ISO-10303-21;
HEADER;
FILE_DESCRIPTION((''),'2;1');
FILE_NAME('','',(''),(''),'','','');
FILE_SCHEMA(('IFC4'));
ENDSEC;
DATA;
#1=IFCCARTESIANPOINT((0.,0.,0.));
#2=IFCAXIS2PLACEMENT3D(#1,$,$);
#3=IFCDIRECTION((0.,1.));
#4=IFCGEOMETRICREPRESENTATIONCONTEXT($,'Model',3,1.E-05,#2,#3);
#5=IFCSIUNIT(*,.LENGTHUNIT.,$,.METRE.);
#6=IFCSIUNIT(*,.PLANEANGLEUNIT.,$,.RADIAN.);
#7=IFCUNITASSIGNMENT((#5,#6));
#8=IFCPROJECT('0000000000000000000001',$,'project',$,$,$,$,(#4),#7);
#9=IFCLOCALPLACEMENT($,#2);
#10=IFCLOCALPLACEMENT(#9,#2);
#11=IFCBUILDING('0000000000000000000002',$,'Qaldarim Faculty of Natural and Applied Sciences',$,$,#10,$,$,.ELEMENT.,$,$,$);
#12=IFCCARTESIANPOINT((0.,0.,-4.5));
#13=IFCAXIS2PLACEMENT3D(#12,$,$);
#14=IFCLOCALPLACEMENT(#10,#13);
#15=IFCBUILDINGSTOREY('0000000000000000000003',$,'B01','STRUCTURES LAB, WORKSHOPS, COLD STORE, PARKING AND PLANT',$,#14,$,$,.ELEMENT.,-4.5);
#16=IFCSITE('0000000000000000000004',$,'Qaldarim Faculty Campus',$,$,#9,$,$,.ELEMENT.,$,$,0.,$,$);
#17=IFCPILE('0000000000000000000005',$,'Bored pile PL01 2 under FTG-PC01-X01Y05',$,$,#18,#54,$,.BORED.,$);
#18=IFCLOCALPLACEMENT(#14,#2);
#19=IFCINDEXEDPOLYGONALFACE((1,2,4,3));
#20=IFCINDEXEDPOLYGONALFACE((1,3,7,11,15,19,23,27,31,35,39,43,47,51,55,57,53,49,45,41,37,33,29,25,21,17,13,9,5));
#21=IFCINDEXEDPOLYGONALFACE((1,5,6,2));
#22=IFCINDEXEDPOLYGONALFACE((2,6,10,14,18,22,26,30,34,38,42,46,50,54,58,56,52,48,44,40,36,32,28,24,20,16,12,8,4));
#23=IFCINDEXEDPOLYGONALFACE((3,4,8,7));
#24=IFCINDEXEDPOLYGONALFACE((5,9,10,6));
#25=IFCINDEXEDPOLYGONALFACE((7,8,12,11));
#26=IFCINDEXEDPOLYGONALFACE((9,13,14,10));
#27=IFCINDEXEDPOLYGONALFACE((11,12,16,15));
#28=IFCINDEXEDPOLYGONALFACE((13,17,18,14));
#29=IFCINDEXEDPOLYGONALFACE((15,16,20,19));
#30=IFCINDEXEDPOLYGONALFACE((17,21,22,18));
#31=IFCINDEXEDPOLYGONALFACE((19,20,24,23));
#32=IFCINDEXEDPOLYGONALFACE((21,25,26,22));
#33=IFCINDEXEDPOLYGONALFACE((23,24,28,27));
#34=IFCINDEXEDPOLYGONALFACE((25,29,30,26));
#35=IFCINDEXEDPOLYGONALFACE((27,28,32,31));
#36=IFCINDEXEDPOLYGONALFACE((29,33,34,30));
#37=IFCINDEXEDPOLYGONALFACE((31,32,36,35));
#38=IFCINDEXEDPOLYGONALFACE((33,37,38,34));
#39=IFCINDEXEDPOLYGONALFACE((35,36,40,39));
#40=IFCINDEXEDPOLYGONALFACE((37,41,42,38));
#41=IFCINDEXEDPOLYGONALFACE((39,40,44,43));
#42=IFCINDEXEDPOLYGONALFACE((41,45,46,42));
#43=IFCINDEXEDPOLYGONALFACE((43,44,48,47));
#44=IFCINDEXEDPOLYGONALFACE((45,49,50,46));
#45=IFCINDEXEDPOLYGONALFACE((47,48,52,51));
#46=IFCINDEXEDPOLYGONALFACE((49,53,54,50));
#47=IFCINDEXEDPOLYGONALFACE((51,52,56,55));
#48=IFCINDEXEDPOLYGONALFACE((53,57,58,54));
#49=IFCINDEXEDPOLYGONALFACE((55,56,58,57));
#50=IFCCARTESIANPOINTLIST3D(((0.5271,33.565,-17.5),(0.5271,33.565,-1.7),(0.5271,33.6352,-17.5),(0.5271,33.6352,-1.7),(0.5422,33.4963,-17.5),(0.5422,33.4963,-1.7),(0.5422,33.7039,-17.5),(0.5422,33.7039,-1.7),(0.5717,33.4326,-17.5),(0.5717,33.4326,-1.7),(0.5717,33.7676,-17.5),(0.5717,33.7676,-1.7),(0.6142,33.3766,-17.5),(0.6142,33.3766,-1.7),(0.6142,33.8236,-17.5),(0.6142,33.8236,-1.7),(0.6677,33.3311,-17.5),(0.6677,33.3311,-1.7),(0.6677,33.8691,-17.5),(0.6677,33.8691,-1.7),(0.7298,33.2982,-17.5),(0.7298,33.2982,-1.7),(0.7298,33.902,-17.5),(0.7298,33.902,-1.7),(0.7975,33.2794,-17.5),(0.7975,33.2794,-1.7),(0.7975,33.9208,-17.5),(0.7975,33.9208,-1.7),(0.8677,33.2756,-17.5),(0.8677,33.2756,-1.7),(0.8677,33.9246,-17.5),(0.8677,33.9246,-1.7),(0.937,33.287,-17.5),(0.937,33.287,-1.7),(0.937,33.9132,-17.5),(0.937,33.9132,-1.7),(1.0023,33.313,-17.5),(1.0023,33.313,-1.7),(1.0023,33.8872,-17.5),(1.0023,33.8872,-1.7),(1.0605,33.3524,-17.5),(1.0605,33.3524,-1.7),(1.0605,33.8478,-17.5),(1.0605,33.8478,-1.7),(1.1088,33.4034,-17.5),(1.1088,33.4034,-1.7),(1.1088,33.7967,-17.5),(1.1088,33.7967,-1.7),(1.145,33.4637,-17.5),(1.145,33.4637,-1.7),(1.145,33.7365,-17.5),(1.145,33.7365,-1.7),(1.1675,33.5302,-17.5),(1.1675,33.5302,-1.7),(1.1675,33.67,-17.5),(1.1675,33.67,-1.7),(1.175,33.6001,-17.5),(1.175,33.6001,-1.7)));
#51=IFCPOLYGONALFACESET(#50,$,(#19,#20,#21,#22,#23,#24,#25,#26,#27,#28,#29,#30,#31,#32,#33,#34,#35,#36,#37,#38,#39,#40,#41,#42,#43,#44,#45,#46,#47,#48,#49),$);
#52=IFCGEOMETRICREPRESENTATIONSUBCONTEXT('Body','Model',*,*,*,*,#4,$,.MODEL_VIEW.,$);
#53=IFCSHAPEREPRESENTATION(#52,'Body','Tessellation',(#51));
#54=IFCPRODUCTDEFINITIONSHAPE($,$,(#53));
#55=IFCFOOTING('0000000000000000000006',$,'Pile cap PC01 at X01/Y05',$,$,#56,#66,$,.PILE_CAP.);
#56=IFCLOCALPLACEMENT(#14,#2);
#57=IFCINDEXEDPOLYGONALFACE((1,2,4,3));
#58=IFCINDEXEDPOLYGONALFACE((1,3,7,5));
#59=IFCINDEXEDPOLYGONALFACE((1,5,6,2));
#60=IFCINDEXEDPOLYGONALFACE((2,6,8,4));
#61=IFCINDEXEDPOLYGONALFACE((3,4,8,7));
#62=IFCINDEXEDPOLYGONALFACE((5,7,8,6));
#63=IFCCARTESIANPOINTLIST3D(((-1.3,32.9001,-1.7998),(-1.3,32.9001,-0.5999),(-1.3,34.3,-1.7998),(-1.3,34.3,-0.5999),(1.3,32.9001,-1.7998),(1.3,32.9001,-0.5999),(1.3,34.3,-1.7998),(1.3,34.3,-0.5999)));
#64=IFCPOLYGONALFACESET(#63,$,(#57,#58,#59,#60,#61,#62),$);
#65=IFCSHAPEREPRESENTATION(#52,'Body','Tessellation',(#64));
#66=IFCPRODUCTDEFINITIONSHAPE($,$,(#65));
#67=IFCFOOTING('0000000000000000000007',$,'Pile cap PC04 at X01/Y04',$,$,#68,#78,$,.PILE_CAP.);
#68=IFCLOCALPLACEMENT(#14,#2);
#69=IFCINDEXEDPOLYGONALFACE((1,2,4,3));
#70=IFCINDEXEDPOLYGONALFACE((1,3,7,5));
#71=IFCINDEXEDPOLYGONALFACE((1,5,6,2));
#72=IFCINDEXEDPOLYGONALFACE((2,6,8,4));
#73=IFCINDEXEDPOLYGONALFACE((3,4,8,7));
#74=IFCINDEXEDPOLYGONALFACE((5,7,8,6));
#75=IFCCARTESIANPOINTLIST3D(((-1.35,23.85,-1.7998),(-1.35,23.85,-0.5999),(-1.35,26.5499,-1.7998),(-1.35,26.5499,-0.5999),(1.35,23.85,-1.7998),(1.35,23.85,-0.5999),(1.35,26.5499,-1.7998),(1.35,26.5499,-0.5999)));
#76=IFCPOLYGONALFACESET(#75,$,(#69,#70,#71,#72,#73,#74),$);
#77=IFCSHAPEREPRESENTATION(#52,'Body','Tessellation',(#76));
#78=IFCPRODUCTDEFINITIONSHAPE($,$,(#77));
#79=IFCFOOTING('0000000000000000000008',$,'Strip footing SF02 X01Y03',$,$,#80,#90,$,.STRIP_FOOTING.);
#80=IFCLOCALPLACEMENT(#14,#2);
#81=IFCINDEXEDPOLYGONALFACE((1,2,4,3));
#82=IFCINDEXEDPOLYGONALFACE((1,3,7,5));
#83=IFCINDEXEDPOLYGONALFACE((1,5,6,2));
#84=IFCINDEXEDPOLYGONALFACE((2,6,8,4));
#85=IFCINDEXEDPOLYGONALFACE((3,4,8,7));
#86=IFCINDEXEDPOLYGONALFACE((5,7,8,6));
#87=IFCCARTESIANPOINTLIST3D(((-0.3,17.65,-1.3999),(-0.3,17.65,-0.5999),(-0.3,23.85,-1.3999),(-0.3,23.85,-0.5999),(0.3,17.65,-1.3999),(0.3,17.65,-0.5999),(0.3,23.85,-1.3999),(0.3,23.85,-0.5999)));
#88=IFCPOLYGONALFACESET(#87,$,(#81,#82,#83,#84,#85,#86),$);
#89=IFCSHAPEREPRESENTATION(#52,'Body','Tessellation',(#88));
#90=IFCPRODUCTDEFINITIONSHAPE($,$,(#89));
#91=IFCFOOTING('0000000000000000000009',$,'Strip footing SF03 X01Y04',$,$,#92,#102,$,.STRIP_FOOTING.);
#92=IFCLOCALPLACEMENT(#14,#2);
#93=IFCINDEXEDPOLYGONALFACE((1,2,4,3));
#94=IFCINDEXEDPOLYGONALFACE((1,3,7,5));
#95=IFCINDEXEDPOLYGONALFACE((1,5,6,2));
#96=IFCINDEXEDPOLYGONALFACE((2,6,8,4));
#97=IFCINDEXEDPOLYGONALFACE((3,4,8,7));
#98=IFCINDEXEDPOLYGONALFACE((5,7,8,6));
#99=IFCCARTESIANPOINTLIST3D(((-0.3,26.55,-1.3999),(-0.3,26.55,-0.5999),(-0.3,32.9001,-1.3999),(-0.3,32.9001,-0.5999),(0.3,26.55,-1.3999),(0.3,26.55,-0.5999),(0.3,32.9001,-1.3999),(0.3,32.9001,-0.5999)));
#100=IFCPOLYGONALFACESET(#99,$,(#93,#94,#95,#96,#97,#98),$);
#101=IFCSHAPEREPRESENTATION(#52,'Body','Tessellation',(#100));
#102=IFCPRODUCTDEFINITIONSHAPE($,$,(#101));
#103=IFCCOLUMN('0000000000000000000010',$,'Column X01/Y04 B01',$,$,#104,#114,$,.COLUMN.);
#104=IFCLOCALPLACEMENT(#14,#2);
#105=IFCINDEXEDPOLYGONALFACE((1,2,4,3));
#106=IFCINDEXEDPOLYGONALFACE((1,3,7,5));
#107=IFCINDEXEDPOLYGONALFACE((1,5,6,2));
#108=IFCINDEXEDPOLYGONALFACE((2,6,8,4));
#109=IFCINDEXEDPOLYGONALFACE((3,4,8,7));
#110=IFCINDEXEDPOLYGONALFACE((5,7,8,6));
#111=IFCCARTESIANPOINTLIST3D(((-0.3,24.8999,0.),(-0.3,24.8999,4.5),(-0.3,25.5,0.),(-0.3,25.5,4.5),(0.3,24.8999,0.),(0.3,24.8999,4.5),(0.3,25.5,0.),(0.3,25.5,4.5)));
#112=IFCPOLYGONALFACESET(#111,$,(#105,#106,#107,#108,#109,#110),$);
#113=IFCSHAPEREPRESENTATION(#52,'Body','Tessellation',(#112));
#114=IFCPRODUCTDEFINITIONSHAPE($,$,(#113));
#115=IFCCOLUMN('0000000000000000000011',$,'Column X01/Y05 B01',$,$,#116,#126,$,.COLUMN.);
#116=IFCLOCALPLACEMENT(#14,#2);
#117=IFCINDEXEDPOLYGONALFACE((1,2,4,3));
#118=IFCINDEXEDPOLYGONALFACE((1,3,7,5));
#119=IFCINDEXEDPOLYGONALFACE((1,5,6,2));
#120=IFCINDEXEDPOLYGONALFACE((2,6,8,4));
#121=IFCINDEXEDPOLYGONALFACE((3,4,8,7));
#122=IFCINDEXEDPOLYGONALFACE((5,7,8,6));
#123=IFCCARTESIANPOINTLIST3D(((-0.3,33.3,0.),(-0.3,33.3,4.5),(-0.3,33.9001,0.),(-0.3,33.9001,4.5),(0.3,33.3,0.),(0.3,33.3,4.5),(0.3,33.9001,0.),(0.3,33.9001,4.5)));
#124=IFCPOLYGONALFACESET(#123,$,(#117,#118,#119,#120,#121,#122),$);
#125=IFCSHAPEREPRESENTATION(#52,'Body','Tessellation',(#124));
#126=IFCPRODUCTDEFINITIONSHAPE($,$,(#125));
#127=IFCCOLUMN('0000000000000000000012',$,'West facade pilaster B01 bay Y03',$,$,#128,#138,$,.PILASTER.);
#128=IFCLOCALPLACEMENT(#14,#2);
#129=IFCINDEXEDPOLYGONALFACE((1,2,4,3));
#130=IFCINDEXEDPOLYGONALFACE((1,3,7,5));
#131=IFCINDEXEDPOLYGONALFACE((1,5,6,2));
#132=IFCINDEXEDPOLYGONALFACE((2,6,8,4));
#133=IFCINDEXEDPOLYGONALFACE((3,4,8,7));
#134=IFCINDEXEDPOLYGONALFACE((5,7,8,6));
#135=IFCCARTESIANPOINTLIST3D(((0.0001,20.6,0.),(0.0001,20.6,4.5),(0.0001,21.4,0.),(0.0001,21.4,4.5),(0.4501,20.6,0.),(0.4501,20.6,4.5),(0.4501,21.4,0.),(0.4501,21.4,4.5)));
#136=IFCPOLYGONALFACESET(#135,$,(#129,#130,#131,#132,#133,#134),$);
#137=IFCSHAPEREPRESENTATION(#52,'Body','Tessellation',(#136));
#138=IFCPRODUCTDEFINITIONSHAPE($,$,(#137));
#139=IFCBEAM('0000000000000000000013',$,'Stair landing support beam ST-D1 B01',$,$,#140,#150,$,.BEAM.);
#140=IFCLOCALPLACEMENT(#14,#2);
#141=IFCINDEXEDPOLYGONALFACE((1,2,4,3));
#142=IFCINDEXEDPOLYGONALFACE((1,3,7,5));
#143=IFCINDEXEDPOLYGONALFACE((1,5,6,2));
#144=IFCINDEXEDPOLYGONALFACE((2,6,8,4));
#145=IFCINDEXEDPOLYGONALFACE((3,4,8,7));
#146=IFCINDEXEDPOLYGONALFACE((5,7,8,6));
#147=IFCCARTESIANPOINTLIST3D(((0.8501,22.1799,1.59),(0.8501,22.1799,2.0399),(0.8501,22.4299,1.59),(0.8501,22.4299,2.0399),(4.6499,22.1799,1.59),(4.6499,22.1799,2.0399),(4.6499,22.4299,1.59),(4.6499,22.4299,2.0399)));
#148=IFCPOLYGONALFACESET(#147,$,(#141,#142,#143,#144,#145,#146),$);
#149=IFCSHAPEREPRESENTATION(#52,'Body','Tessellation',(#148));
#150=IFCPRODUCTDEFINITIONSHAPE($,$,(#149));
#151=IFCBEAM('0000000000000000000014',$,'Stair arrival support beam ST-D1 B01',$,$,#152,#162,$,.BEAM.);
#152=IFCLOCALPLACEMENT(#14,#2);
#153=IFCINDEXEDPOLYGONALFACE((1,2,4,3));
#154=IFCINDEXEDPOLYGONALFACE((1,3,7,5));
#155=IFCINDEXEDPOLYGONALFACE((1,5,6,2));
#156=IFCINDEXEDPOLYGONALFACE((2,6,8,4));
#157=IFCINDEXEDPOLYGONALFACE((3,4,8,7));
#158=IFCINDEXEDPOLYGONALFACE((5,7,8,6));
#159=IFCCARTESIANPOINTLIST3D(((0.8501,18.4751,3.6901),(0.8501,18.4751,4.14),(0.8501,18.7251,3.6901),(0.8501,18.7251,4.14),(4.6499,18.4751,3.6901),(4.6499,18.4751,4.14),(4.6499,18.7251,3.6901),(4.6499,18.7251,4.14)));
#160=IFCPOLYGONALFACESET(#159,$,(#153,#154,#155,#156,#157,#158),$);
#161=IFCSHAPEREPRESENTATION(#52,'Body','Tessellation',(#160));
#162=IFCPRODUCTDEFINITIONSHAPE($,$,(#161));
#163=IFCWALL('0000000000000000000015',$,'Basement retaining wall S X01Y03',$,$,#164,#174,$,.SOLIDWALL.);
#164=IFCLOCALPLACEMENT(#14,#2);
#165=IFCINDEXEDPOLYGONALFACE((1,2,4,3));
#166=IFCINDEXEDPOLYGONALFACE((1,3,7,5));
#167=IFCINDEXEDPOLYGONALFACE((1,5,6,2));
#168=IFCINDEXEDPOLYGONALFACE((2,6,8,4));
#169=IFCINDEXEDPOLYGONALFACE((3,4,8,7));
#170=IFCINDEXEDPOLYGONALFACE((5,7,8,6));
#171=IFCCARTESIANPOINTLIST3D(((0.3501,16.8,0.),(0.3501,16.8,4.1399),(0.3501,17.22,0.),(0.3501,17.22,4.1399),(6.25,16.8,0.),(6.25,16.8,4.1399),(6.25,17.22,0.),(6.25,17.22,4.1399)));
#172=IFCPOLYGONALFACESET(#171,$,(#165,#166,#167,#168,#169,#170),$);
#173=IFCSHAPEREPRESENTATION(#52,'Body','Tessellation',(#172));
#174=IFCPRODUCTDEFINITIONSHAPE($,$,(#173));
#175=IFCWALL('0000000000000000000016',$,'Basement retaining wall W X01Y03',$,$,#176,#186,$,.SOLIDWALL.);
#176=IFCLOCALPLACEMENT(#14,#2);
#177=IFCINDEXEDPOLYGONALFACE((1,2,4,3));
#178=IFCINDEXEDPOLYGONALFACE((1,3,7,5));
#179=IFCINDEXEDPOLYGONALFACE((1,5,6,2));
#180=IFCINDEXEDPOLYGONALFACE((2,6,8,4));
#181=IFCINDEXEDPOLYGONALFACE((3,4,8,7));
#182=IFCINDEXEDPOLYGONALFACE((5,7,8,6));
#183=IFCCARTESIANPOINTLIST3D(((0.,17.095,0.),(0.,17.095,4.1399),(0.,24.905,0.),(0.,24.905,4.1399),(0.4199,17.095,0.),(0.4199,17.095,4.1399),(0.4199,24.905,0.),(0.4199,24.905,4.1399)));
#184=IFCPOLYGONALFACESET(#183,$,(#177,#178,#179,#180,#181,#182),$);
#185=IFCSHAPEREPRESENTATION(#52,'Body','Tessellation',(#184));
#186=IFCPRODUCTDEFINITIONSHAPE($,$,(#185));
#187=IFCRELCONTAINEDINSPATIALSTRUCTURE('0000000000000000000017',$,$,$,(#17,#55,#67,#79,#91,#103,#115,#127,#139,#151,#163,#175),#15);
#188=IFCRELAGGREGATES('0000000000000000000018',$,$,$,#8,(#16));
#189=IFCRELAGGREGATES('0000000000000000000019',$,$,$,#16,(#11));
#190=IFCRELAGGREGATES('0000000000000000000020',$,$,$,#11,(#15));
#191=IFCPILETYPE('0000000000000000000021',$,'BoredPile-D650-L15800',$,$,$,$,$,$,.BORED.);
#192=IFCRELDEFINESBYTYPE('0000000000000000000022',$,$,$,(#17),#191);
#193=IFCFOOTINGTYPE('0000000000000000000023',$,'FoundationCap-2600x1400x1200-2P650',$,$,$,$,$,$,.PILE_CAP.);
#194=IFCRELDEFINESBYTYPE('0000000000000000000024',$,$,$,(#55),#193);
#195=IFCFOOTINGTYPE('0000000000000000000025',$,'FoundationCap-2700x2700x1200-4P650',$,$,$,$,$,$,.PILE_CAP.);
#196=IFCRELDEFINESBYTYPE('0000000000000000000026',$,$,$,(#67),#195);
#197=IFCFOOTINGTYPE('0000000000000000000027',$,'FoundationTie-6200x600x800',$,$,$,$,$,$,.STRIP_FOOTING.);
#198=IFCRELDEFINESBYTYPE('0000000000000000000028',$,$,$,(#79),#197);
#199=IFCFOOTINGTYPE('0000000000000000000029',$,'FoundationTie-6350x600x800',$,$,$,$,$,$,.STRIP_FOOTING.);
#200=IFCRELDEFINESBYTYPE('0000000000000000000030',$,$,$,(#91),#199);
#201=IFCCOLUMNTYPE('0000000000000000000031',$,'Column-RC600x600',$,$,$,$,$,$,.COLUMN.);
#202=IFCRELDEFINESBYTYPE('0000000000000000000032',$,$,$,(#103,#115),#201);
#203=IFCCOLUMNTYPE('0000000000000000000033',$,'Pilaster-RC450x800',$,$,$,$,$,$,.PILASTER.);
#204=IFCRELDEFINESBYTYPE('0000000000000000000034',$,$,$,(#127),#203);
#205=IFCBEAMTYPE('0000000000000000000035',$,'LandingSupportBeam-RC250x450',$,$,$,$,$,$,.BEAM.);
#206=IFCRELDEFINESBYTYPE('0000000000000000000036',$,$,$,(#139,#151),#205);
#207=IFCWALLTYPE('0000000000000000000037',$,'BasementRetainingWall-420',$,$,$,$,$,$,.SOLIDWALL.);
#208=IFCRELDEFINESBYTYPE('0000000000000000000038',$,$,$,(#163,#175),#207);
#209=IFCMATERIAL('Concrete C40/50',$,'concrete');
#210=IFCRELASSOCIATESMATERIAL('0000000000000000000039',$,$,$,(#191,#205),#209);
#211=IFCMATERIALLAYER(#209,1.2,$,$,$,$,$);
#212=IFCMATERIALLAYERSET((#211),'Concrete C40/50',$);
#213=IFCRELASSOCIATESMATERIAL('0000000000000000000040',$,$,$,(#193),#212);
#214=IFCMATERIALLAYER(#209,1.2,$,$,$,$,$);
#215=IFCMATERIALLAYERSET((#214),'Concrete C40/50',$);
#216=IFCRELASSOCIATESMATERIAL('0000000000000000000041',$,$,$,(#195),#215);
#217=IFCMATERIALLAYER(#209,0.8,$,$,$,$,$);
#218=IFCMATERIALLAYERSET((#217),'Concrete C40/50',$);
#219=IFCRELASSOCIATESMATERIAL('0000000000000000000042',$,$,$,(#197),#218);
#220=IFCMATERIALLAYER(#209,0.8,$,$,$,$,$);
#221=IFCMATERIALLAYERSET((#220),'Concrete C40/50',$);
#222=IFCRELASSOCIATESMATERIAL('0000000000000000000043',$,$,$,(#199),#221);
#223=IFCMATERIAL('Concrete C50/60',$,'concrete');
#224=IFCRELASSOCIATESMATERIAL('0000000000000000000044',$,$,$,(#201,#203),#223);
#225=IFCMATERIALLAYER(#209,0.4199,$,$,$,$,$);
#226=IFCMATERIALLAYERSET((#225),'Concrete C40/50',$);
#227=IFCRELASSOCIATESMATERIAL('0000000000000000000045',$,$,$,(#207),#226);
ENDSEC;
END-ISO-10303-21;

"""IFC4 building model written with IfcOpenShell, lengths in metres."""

from ifc_helpers import new_model, si_unit, direction, frame, frame_2d, origin, origin_2d, place, context, subcontext, project, spatial, rectangle, circle, extrude, material, layer, layer_set, material_profile, profile_set, type_object, element, save


model = new_model("IFC4")

# Units and contexts
model_context = context("Model", 3, precision=1e-05, world=origin(), true_north=direction((0.0, 1.0)))
body_context = subcontext(model_context, "Body", "Model", "MODEL_VIEW")
ifc_project = project(units=[si_unit("LENGTHUNIT", "METRE"), si_unit("PLANEANGLEUNIT", "RADIAN")], contexts=[model_context])

# Site, building, storey
site_placement = place(None, origin())
site = spatial("IfcSite", under=ifc_project, at=site_placement, Name="Qaldarim Faculty Campus", CompositionType="ELEMENT", RefElevation=0.0)
building_placement = place(site_placement, origin())
building = spatial("IfcBuilding", under=site, at=building_placement, Name="Qaldarim Faculty of Natural and Applied Sciences", CompositionType="ELEMENT")
storey_placement = place(building_placement, frame((0.0, 0.0, -4.5)))
storey = spatial("IfcBuildingStorey", under=building, at=storey_placement, Name="B01", Description="STRUCTURES LAB, WORKSHOPS, COLD STORE, PARKING AND PLANT", CompositionType="ELEMENT", Elevation=-4.5)

# Pile
ifc_material_1 = material(Name="Concrete C40/50", Category="concrete")
ifc_material_profile_1 = material_profile(ifc_material_1, circle(Radius=0.325, at=origin_2d()), Name="PILE-D650")
ifc_profile_set_1 = profile_set([ifc_material_profile_1], Name="Concrete C40/50")
pile_type = type_object("IfcPileType", Name="BoredPile-D650-L15800", PredefinedType="BORED", material=ifc_profile_set_1)
for number, where, z_axis, x_axis, name in (
    (1, (0.8501, 33.6001, -1.7), (0.0, 0.0, -1.0), (1.0, 0.0, 0.0), "Bored pile PL01 2 under FTG-PC01-X01Y05"),
):
    element("IfcPile", number, at=place(storey_placement, frame(where, z_axis=z_axis, x_axis=x_axis)), inside=storey, type_object=pile_type, Name=name, PredefinedType="BORED", context=body_context, shape_type="SweptSolid", body=[
        extrude(circle(Radius=0.325, at=origin_2d()), origin(), (0.0, 0.0, 1.0), 15.8),
    ])

# Footings
ifc_layer_1 = layer(ifc_material_1, 1.2)
ifc_layer_set_1 = layer_set([ifc_layer_1], Name="Concrete C40/50")
footing_type_1 = type_object("IfcFootingType", Name="FoundationCap-2600x1400x1200-2P650", PredefinedType="PILE_CAP", material=ifc_layer_set_1)
footing_1_placement = place(storey_placement, frame((0.0, 33.6001, -1.7998), z_axis=(0.0, 0.0, 1.0), x_axis=(1.0, 0.0, 0.0)))
element("IfcFooting", 2, at=footing_1_placement, inside=storey, type_object=footing_type_1, Name="Pile cap PC01 at X01/Y05", PredefinedType="PILE_CAP", context=body_context, shape_type="SweptSolid", body=[
    extrude(rectangle(XDim=2.6001, YDim=1.3999, at=origin_2d()), origin(), (0.0, 0.0, 1.0), 1.2),
])
ifc_layer_2 = layer(ifc_material_1, 1.2)
ifc_layer_set_2 = layer_set([ifc_layer_2], Name="Concrete C40/50")
footing_type_2 = type_object("IfcFootingType", Name="FoundationCap-2700x2700x1200-4P650", PredefinedType="PILE_CAP", material=ifc_layer_set_2)
footing_2_placement = place(storey_placement, frame((0.0, 25.2, -1.7998), z_axis=(0.0, 0.0, 1.0), x_axis=(1.0, 0.0, 0.0)))
element("IfcFooting", 3, at=footing_2_placement, inside=storey, type_object=footing_type_2, Name="Pile cap PC04 at X01/Y04", PredefinedType="PILE_CAP", context=body_context, shape_type="SweptSolid", body=[
    extrude(rectangle(XDim=2.7, YDim=2.7, at=origin_2d()), origin(), (0.0, 0.0, 1.0), 1.2),
])
ifc_layer_3 = layer(ifc_material_1, 0.8)
ifc_layer_set_3 = layer_set([ifc_layer_3], Name="Concrete C40/50")
footing_type_3 = type_object("IfcFootingType", Name="FoundationTie-6200x600x800", PredefinedType="STRIP_FOOTING", material=ifc_layer_set_3)
footing_3_placement = place(storey_placement, frame((0.0, 20.75, -1.3999), z_axis=(0.0, 0.0, 1.0), x_axis=(0.0, 1.0, 0.0)))
element("IfcFooting", 4, at=footing_3_placement, inside=storey, type_object=footing_type_3, Name="Strip footing SF02 X01Y03", PredefinedType="STRIP_FOOTING", context=body_context, shape_type="SweptSolid", body=[
    extrude(rectangle(XDim=6.2, YDim=0.6001, at=origin_2d()), origin(), (0.0, 0.0, 1.0), 0.8),
])
ifc_layer_4 = layer(ifc_material_1, 0.8)
ifc_layer_set_4 = layer_set([ifc_layer_4], Name="Concrete C40/50")
footing_type_4 = type_object("IfcFootingType", Name="FoundationTie-6350x600x800", PredefinedType="STRIP_FOOTING", material=ifc_layer_set_4)
footing_4_placement = place(storey_placement, frame((0.0, 29.7251, -1.3999), z_axis=(0.0, 0.0, 1.0), x_axis=(0.0, 1.0, 0.0)))
element("IfcFooting", 5, at=footing_4_placement, inside=storey, type_object=footing_type_4, Name="Strip footing SF03 X01Y04", PredefinedType="STRIP_FOOTING", context=body_context, shape_type="SweptSolid", body=[
    extrude(rectangle(XDim=6.3501, YDim=0.6001, at=origin_2d()), origin(), (0.0, 0.0, 1.0), 0.8),
])

# Columns
ifc_material_2 = material(Name="Concrete C50/60", Category="concrete")
ifc_material_profile_2 = material_profile(ifc_material_2, rectangle(XDim=0.6001, YDim=0.6001, at=origin_2d()), Name="RC-C600x600")
ifc_profile_set_2 = profile_set([ifc_material_profile_2], Name="Concrete C50/60")
column_type_1 = type_object("IfcColumnType", Name="Column-RC600x600", PredefinedType="COLUMN", material=ifc_profile_set_2)
for number, where, z_axis, x_axis, name in (
    (6, (0.0, 25.2, 0.0), (0.0, 0.0, 1.0), (1.0, 0.0, 0.0), "Column X01/Y04 B01"),
    (7, (0.0, 33.6001, 0.0), (0.0, 0.0, 1.0), (1.0, 0.0, 0.0), "Column X01/Y05 B01"),
):
    element("IfcColumn", number, at=place(storey_placement, frame(where, z_axis=z_axis, x_axis=x_axis)), inside=storey, type_object=column_type_1, Name=name, PredefinedType="COLUMN", context=body_context, shape_type="SweptSolid", body=[
        extrude(rectangle(XDim=0.6001, YDim=0.6001, at=origin_2d()), origin(), (0.0, 0.0, 1.0), 4.5),
    ])
ifc_material_profile_3 = material_profile(ifc_material_2, rectangle(XDim=0.45, YDim=0.8, at=origin_2d()), Name="RC-C450x800")
ifc_profile_set_3 = profile_set([ifc_material_profile_3], Name="Concrete C50/60")
column_type_2 = type_object("IfcColumnType", Name="Pilaster-RC450x800", PredefinedType="PILASTER", material=ifc_profile_set_3)
column_placement = place(storey_placement, frame((0.2251, 21.0, 0.0), z_axis=(0.0, 0.0, 1.0), x_axis=(1.0, 0.0, 0.0)))
element("IfcColumn", 8, at=column_placement, inside=storey, type_object=column_type_2, Name="West facade pilaster B01 bay Y03", PredefinedType="PILASTER", context=body_context, shape_type="SweptSolid", body=[
    extrude(rectangle(XDim=0.45, YDim=0.8, at=origin_2d()), origin(), (0.0, 0.0, 1.0), 4.5),
])

# Beams
ifc_material_profile_4 = material_profile(ifc_material_1, rectangle(XDim=0.25, YDim=0.45, at=origin_2d()), Name="RC-LN250x450")
ifc_profile_set_4 = profile_set([ifc_material_profile_4], Name="Concrete C40/50")
beam_type = type_object("IfcBeamType", Name="LandingSupportBeam-RC250x450", PredefinedType="BEAM", material=ifc_profile_set_4)
for number, where, z_axis, x_axis, name in (
    (9, (0.8501, 22.3049, 1.8149), (1.0, 0.0, 0.0), (0.0, 1.0, 0.0), "Stair landing support beam ST-D1 B01"),
    (10, (0.8501, 18.6001, 3.915), (1.0, 0.0, 0.0), (0.0, 1.0, 0.0), "Stair arrival support beam ST-D1 B01"),
):
    element("IfcBeam", number, at=place(storey_placement, frame(where, z_axis=z_axis, x_axis=x_axis)), inside=storey, type_object=beam_type, Name=name, PredefinedType="BEAM", context=body_context, shape_type="SweptSolid", body=[
        extrude(rectangle(XDim=0.25, YDim=0.45, at=origin_2d()), origin(), (0.0, 0.0, 1.0), 3.7998),
    ])

# Walls
ifc_layer_5 = layer(ifc_material_1, 0.4199)
ifc_layer_set_5 = layer_set([ifc_layer_5], Name="Concrete C40/50")
wall_type_1 = type_object("IfcWallType", Name="BasementRetainingWall-420", PredefinedType="SOLIDWALL", material=ifc_layer_set_5)
wall_1_placement = place(storey_placement, frame((0.3501, 17.01, 0.0), z_axis=(0.0, 0.0, 1.0), x_axis=(1.0, 0.0, 0.0)))
element("IfcWall", 11, at=wall_1_placement, inside=storey, type_object=wall_type_1, Name="Basement retaining wall S X01Y03", PredefinedType="SOLIDWALL", context=body_context, shape_type="SweptSolid", body=[
    extrude(rectangle(XDim=5.8999, YDim=0.4199, at=frame_2d((2.95, 0.0))), origin(), (0.0, 0.0, 1.0), 4.1399),
])
wall_2_placement = place(storey_placement, frame((0.21, 24.905, 0.0), z_axis=(0.0, 0.0, 1.0), x_axis=(0.0, -1.0, 0.0)))
element("IfcWall", 12, at=wall_2_placement, inside=storey, type_object=wall_type_1, Name="Basement retaining wall W X01Y03", PredefinedType="SOLIDWALL", context=body_context, shape_type="SweptSolid", body=[
    extrude(rectangle(XDim=7.8101, YDim=0.4199, at=frame_2d((3.905, 0.0))), origin(), (0.0, 0.0, 1.0), 4.1399),
])

save(model, "model.ifc")
